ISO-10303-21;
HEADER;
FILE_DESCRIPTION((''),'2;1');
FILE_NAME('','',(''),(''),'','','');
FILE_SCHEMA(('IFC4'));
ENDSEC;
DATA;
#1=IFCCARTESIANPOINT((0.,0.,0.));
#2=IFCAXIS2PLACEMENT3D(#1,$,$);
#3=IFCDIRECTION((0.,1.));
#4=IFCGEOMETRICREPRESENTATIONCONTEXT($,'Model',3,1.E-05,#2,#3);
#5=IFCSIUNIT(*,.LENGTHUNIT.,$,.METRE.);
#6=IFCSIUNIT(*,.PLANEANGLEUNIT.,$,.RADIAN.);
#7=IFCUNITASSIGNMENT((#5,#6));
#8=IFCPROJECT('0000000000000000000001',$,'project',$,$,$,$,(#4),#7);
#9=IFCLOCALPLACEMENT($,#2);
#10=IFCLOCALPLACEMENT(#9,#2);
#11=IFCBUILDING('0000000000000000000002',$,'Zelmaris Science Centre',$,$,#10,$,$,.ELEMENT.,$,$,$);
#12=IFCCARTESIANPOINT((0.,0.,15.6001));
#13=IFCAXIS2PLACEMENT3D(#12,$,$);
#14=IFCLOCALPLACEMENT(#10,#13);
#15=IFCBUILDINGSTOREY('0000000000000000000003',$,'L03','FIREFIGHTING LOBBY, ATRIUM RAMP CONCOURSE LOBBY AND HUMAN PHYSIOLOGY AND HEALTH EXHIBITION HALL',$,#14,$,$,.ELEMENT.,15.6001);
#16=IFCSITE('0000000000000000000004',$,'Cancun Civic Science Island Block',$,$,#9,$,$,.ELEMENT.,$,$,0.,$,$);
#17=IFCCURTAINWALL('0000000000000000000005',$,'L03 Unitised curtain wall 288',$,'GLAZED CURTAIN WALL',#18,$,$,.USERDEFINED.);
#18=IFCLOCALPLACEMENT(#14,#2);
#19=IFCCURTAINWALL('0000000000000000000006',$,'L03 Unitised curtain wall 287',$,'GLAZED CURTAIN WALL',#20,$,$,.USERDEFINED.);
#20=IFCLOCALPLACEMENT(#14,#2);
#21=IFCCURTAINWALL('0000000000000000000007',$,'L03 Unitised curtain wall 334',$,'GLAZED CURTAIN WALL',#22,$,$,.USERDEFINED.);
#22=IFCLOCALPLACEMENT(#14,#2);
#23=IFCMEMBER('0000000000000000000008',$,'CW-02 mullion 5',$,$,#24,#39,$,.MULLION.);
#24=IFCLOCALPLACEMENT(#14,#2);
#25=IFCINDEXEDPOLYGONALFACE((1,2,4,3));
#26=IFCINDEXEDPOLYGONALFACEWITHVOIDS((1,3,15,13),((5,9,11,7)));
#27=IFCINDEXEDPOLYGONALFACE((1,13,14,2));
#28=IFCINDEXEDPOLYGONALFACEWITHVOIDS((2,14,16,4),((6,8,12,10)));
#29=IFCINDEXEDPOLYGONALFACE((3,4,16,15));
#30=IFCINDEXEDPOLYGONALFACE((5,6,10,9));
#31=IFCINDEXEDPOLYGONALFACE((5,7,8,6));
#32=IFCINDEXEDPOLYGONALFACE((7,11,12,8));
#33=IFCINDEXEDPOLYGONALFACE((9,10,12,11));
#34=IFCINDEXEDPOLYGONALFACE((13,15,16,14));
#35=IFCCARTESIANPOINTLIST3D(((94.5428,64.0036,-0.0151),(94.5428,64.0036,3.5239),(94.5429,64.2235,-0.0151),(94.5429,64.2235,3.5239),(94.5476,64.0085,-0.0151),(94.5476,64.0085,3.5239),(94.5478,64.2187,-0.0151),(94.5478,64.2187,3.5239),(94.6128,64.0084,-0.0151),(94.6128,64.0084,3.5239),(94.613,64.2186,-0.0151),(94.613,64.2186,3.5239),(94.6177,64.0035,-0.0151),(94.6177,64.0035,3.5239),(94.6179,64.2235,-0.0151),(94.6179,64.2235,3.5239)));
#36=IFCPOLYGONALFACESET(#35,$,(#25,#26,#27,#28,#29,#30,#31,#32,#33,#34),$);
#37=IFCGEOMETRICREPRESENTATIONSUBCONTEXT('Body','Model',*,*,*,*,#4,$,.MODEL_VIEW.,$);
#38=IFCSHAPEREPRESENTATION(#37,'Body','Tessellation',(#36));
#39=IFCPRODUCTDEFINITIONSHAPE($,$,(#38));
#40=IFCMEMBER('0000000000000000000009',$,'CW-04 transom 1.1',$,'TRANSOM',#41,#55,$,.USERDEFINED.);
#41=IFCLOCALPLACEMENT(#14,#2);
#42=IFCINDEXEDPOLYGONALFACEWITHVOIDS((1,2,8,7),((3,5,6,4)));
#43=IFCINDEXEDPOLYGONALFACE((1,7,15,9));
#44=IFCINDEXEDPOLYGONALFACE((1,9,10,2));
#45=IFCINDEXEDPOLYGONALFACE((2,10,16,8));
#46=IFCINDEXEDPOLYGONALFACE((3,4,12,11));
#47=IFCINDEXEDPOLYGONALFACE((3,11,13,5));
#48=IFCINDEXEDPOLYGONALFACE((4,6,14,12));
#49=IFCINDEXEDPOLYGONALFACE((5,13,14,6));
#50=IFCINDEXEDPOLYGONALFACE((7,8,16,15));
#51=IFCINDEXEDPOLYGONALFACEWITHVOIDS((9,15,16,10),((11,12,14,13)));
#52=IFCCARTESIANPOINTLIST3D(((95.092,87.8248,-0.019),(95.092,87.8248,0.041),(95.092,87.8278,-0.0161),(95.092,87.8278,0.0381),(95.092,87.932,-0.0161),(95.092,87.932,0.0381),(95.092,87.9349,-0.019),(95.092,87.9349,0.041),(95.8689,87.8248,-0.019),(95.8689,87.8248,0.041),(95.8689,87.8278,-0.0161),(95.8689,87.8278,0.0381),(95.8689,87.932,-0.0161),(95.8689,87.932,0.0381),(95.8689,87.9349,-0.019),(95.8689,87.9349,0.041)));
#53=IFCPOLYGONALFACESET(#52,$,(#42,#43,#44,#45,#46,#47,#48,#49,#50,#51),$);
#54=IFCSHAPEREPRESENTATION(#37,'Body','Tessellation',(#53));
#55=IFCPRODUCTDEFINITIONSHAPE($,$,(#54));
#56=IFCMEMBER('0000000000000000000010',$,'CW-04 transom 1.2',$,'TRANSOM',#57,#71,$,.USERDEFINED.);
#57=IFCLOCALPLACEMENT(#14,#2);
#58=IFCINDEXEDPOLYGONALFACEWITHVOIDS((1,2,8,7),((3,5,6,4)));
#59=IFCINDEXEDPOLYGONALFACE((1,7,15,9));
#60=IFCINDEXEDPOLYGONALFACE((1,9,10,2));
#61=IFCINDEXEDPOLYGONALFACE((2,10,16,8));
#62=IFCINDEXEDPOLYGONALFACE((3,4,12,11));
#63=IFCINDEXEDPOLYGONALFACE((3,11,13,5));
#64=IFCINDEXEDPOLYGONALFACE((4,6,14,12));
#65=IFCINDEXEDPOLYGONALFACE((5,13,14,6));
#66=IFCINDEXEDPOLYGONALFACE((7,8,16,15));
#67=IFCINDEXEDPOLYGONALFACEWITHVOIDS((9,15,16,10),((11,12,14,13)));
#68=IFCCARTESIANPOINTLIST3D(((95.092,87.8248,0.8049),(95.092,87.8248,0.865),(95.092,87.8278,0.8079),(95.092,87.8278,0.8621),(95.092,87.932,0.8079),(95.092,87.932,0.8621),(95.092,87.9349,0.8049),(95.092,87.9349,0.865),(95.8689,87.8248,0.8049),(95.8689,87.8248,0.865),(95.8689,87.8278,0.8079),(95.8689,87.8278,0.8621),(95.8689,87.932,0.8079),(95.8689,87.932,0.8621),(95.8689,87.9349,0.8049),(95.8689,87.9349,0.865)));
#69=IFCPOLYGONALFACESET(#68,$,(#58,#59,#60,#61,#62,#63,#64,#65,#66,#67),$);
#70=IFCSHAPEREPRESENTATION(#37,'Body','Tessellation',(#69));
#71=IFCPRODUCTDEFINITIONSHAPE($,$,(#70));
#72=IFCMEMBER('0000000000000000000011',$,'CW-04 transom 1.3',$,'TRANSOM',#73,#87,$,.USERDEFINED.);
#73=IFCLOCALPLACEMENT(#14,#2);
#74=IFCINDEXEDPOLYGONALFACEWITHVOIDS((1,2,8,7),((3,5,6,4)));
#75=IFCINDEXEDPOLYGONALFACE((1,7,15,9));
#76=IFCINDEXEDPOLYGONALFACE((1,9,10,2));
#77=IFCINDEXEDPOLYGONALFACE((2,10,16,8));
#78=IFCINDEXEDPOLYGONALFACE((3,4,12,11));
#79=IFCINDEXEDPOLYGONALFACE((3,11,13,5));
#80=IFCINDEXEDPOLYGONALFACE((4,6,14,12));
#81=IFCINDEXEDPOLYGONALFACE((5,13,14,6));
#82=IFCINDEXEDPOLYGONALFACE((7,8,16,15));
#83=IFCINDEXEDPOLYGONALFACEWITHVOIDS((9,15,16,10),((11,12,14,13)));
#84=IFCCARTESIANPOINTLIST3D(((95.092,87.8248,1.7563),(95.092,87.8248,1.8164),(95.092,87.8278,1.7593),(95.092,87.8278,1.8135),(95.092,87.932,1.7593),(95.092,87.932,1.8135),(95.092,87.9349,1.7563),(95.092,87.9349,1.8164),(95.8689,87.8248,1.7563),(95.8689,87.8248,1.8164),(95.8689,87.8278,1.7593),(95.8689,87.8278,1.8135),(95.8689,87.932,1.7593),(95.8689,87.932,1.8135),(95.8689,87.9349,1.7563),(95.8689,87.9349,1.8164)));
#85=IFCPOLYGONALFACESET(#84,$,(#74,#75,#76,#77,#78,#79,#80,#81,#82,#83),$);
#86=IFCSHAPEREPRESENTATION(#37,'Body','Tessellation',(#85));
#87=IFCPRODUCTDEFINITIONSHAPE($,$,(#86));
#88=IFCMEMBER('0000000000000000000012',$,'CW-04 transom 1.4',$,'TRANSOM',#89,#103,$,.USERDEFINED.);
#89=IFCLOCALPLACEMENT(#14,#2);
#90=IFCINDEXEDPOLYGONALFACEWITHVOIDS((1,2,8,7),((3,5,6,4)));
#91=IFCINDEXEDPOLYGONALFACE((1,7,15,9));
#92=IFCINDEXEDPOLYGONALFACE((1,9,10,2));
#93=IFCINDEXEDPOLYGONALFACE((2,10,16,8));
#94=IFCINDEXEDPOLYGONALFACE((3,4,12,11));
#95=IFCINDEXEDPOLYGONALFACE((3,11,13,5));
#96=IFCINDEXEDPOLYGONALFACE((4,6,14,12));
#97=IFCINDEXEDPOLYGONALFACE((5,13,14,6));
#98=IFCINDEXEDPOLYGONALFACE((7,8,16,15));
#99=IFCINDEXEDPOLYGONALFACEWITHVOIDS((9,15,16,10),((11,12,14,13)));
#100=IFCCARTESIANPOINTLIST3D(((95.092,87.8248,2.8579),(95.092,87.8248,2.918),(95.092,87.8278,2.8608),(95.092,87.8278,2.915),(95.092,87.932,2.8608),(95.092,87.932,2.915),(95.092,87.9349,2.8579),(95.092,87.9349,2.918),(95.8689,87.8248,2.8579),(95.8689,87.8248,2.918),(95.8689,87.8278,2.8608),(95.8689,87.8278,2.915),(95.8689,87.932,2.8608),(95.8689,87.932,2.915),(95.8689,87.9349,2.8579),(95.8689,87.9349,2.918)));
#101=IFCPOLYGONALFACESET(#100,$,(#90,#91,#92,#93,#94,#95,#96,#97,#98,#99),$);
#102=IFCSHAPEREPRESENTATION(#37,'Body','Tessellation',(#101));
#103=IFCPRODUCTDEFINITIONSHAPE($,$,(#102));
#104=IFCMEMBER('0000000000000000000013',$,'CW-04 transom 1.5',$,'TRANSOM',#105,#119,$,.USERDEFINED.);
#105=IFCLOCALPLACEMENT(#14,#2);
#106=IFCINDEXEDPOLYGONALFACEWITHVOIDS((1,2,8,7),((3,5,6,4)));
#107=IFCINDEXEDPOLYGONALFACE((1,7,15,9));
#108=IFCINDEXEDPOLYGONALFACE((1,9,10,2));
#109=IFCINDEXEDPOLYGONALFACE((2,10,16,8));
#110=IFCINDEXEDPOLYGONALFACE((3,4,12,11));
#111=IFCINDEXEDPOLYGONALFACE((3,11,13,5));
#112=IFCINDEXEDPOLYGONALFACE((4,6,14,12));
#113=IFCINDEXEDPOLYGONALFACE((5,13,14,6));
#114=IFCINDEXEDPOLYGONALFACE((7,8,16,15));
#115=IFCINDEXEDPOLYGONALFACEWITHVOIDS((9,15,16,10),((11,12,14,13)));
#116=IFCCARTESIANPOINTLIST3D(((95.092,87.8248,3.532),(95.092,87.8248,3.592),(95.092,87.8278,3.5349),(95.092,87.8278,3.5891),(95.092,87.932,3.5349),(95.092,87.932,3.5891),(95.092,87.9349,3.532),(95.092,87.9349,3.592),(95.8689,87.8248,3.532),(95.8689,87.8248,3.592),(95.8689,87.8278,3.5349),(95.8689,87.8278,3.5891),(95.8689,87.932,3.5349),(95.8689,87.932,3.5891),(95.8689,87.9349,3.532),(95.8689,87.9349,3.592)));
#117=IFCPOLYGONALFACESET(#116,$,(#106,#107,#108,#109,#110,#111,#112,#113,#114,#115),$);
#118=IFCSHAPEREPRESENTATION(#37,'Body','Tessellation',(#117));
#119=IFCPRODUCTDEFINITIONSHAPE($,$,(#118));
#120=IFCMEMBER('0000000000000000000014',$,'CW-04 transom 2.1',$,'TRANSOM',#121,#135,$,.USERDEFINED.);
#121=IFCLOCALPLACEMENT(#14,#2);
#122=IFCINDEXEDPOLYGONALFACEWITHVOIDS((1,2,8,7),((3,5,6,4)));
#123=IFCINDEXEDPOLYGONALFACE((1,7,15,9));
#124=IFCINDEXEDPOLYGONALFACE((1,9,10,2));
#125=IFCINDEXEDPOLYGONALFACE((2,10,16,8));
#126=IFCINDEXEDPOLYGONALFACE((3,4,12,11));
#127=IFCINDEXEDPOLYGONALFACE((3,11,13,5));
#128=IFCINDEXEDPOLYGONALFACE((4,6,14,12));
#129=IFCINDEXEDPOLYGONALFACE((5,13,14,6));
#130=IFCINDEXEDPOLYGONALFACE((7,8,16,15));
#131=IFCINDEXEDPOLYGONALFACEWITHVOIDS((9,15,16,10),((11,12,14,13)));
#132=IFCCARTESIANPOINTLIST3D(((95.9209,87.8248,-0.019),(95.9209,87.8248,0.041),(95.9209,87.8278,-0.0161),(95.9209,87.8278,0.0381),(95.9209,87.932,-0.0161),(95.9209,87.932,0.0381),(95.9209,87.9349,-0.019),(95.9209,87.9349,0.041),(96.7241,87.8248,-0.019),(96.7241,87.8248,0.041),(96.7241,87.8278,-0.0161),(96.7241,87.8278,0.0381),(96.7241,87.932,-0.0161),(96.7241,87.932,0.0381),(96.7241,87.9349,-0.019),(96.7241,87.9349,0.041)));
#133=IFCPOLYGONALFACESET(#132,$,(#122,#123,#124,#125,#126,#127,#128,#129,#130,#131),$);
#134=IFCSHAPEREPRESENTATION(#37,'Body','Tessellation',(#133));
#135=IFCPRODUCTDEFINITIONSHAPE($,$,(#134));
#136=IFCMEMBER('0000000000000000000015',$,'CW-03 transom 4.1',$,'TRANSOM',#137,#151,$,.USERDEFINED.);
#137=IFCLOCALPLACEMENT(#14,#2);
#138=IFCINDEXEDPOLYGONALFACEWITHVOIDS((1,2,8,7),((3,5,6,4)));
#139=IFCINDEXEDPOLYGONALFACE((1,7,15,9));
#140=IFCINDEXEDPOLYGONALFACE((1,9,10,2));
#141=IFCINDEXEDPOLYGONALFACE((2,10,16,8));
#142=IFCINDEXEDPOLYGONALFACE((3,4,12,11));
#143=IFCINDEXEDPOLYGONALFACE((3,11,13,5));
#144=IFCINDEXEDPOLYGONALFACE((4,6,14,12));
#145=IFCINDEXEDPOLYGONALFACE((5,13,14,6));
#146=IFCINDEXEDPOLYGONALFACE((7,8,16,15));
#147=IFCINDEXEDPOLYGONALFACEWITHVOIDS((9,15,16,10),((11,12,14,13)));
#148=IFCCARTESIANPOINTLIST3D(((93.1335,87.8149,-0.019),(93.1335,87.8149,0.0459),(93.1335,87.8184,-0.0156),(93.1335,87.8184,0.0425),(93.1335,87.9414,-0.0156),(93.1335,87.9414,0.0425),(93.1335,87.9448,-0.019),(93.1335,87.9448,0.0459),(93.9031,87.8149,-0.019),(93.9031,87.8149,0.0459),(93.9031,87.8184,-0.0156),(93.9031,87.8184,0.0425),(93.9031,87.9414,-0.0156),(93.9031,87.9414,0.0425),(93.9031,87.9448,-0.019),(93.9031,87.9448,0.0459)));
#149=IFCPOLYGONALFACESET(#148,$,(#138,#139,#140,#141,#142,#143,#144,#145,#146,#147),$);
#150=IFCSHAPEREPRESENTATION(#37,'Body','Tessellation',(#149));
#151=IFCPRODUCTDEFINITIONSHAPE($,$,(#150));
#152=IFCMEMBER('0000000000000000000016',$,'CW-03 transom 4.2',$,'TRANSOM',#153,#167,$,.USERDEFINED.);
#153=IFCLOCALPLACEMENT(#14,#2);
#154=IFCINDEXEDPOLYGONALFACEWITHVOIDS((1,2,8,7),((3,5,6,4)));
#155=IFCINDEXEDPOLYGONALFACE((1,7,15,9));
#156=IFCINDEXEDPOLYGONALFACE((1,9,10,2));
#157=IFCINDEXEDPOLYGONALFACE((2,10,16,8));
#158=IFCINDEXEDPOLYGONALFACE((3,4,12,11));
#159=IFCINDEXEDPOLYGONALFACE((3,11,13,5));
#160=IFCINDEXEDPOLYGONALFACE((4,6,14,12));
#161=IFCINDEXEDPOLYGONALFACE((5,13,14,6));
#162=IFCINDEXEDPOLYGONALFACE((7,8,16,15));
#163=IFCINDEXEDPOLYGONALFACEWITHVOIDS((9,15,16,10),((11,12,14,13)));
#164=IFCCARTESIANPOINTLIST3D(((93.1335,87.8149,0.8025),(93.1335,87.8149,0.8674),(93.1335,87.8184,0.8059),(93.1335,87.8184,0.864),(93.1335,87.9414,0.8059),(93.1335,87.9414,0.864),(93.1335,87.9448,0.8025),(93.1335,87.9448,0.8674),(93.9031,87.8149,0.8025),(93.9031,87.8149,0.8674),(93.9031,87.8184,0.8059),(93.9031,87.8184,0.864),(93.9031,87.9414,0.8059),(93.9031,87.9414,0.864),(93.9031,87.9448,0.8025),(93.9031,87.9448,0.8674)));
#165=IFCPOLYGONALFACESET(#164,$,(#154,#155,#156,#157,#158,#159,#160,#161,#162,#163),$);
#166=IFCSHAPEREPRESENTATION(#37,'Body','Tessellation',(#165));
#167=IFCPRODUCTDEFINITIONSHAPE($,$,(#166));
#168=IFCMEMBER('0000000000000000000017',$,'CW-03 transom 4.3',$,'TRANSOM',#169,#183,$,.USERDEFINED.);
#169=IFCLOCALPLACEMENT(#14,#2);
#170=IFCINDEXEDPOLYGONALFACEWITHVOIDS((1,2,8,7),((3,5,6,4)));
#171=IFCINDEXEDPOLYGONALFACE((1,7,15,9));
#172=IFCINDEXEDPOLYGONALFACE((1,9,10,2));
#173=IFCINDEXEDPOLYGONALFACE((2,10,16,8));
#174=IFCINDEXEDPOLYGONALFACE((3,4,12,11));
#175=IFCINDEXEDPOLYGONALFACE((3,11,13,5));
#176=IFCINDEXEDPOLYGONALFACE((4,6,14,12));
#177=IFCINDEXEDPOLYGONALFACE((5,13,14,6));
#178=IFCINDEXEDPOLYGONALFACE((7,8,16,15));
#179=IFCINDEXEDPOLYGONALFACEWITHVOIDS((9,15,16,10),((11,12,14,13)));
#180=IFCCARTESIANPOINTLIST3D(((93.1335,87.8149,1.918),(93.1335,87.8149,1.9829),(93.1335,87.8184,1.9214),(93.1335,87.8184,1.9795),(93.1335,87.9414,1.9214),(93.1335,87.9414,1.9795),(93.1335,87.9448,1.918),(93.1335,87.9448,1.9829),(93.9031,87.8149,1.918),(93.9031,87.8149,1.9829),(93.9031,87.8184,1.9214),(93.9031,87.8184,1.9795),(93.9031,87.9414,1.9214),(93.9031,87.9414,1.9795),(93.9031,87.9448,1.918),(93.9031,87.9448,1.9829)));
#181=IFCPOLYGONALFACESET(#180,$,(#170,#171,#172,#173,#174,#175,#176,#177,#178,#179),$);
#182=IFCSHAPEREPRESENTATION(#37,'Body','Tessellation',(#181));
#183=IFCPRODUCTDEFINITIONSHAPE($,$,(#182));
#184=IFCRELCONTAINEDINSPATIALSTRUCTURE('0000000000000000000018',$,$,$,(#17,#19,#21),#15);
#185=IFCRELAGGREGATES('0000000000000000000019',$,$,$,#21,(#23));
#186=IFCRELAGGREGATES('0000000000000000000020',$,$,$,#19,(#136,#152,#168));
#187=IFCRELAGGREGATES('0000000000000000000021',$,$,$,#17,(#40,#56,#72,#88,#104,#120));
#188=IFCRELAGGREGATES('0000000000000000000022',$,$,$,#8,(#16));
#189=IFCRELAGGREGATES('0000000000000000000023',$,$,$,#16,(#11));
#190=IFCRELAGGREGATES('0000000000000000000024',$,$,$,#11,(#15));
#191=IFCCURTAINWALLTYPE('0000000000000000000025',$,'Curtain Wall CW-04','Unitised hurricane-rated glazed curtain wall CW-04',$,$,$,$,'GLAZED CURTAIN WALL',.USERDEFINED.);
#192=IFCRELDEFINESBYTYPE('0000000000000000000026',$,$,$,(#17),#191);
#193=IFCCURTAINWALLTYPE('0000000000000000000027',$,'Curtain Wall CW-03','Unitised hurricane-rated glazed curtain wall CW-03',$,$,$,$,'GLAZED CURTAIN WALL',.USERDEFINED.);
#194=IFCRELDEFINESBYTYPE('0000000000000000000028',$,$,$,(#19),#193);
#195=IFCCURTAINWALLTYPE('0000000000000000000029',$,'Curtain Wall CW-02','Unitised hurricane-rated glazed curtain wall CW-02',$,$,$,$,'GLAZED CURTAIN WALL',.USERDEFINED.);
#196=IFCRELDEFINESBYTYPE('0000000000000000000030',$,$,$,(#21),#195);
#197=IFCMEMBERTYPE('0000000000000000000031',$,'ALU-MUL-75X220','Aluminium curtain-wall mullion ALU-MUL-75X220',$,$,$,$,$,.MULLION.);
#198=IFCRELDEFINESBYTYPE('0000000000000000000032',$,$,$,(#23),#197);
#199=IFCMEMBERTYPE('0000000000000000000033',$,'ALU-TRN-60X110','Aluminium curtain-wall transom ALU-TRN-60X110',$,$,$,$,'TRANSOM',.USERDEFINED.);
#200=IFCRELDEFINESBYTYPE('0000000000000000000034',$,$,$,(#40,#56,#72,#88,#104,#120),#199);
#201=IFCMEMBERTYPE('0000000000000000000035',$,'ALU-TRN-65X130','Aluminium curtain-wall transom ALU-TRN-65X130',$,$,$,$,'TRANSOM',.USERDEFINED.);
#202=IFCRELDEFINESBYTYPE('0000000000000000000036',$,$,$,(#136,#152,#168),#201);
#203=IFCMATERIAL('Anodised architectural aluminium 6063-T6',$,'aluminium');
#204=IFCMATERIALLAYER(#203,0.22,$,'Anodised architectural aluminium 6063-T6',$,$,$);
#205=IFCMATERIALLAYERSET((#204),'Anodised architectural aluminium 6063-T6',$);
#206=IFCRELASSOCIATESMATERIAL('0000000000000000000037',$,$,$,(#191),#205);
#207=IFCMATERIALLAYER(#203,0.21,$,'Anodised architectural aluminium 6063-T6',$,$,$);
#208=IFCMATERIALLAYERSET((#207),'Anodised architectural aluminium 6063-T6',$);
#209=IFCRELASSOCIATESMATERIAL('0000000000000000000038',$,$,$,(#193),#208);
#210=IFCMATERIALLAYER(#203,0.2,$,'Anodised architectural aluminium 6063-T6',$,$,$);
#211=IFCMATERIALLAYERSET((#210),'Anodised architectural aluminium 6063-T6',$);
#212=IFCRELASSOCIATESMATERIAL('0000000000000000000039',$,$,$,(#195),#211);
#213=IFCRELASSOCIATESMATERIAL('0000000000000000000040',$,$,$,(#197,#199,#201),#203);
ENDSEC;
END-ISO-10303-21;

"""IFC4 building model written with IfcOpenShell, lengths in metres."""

from ifc_helpers import new_model, si_unit, direction, frame, origin, origin_2d, place, context, subcontext, project, spatial, hollow_rectangle, extrude, material, layer, layer_set, material_profile, profile_set, type_object, element, aggregate, save


model = new_model("IFC4")

# Units and contexts
model_context = context("Model", 3, precision=1e-05, world=origin(), true_north=direction((0.0, 1.0)))
body_context = subcontext(model_context, "Body", "Model", "MODEL_VIEW")
ifc_project = project(units=[si_unit("LENGTHUNIT", "METRE"), si_unit("PLANEANGLEUNIT", "RADIAN")], contexts=[model_context])

# Site, building, storey
site_placement = place(None, origin())
site = spatial("IfcSite", under=ifc_project, at=site_placement, Name="Cancun Civic Science Island Block", CompositionType="ELEMENT", RefElevation=0.0)
building_placement = place(site_placement, origin())
building = spatial("IfcBuilding", under=site, at=building_placement, Name="Zelmaris Science Centre", CompositionType="ELEMENT")
storey_placement = place(building_placement, frame((0.0, 0.0, 15.6001)))
storey = spatial("IfcBuildingStorey", under=building, at=storey_placement, Name="L03", Description="FIREFIGHTING LOBBY, ATRIUM RAMP CONCOURSE LOBBY AND HUMAN PHYSIOLOGY AND HEALTH EXHIBITION HALL", CompositionType="ELEMENT", Elevation=15.6001)

# Curtain walls, member
ifc_material_1 = material(Name="Anodised architectural aluminium 6063-T6", Category="aluminium")
ifc_layer_1 = layer(ifc_material_1, 0.22, Name="Anodised architectural aluminium 6063-T6")
ifc_layer_set_1 = layer_set([ifc_layer_1], Name="Anodised architectural aluminium 6063-T6")
curtain_wall_type_1 = type_object("IfcCurtainWallType", Name="Curtain Wall CW-04", Description="Unitised hurricane-rated glazed curtain wall CW-04", ElementType="GLAZED CURTAIN WALL", PredefinedType="USERDEFINED", material=ifc_layer_set_1)
curtain_wall_1_placement = place(storey_placement, origin())
curtain_wall_1 = element("IfcCurtainWall", 1, at=curtain_wall_1_placement, inside=storey, type_object=curtain_wall_type_1, Name="L03 Unitised curtain wall 288", ObjectType="GLAZED CURTAIN WALL", PredefinedType="USERDEFINED")
ifc_layer_2 = layer(ifc_material_1, 0.21, Name="Anodised architectural aluminium 6063-T6")
ifc_layer_set_2 = layer_set([ifc_layer_2], Name="Anodised architectural aluminium 6063-T6")
curtain_wall_type_2 = type_object("IfcCurtainWallType", Name="Curtain Wall CW-03", Description="Unitised hurricane-rated glazed curtain wall CW-03", ElementType="GLAZED CURTAIN WALL", PredefinedType="USERDEFINED", material=ifc_layer_set_2)
curtain_wall_2_placement = place(storey_placement, origin())
curtain_wall_2 = element("IfcCurtainWall", 2, at=curtain_wall_2_placement, inside=storey, type_object=curtain_wall_type_2, Name="L03 Unitised curtain wall 287", ObjectType="GLAZED CURTAIN WALL", PredefinedType="USERDEFINED")
ifc_layer_3 = layer(ifc_material_1, 0.2, Name="Anodised architectural aluminium 6063-T6")
ifc_layer_set_3 = layer_set([ifc_layer_3], Name="Anodised architectural aluminium 6063-T6")
curtain_wall_type_3 = type_object("IfcCurtainWallType", Name="Curtain Wall CW-02", Description="Unitised hurricane-rated glazed curtain wall CW-02", ElementType="GLAZED CURTAIN WALL", PredefinedType="USERDEFINED", material=ifc_layer_set_3)
curtain_wall_3_placement = place(storey_placement, origin())
curtain_wall_3 = element("IfcCurtainWall", 3, at=curtain_wall_3_placement, inside=storey, type_object=curtain_wall_type_3, Name="L03 Unitised curtain wall 334", ObjectType="GLAZED CURTAIN WALL", PredefinedType="USERDEFINED")
ifc_material_profile_1 = material_profile(ifc_material_1, hollow_rectangle(XDim=0.075, YDim=0.22, WallThickness=0.0049, at=origin_2d()), Name="ALU-MUL-75X220")
ifc_profile_set_1 = profile_set([ifc_material_profile_1], Name="Anodised architectural aluminium 6063-T6")
member_type_1 = type_object("IfcMemberType", Name="ALU-MUL-75X220", Description="Aluminium curtain-wall mullion ALU-MUL-75X220", PredefinedType="MULLION", material=ifc_profile_set_1)
member_1_placement = place(storey_placement, frame((94.5803, 64.1135, -0.0151), z_axis=(0.0, 0.0, 1.0), x_axis=(-1.0, 0.000848, 0.0)))
member_1 = element("IfcMember", 4, at=member_1_placement, type_object=member_type_1, Name="CW-02 mullion 5", PredefinedType="MULLION", context=body_context, shape_type="SweptSolid", body=[
    extrude(hollow_rectangle(XDim=0.075, YDim=0.22, WallThickness=0.0049, at=origin_2d()), origin(), (0.0, 0.0, 1.0), 3.5391),
])

# Members
ifc_material_profile_2 = material_profile(ifc_material_1, hollow_rectangle(XDim=0.0601, YDim=0.1101, WallThickness=0.0029, at=origin_2d()), Name="ALU-TRN-60X110")
ifc_profile_set_2 = profile_set([ifc_material_profile_2], Name="Anodised architectural aluminium 6063-T6")
member_type_2 = type_object("IfcMemberType", Name="ALU-TRN-60X110", Description="Aluminium curtain-wall transom ALU-TRN-60X110", ElementType="TRANSOM", PredefinedType="USERDEFINED", material=ifc_profile_set_2)
member_2_placement = place(storey_placement, frame((95.092, 87.8799, 0.011), z_axis=(1.0, 0.0, 0.0), x_axis=(0.0, 0.0, 1.0)))
member_2 = element("IfcMember", 5, at=member_2_placement, type_object=member_type_2, Name="CW-04 transom 1.1", ObjectType="TRANSOM", PredefinedType="USERDEFINED", context=body_context, shape_type="SweptSolid", body=[
    extrude(hollow_rectangle(XDim=0.0601, YDim=0.1101, WallThickness=0.0029, at=origin_2d()), origin(), (0.0, 0.0, 1.0), 0.7769),
])
member_3_placement = place(storey_placement, frame((95.092, 87.8799, 0.835), z_axis=(1.0, 0.0, 0.0), x_axis=(0.0, 0.0, 1.0)))
member_3 = element("IfcMember", 6, at=member_3_placement, type_object=member_type_2, Name="CW-04 transom 1.2", ObjectType="TRANSOM", PredefinedType="USERDEFINED", context=body_context, shape_type="SweptSolid", body=[
    extrude(hollow_rectangle(XDim=0.0601, YDim=0.1101, WallThickness=0.0029, at=origin_2d()), origin(), (0.0, 0.0, 1.0), 0.7769),
])
member_4_placement = place(storey_placement, frame((95.092, 87.8799, 1.7864), z_axis=(1.0, 0.0, 0.0), x_axis=(0.0, 0.0, 1.0)))
member_4 = element("IfcMember", 7, at=member_4_placement, type_object=member_type_2, Name="CW-04 transom 1.3", ObjectType="TRANSOM", PredefinedType="USERDEFINED", context=body_context, shape_type="SweptSolid", body=[
    extrude(hollow_rectangle(XDim=0.0601, YDim=0.1101, WallThickness=0.0029, at=origin_2d()), origin(), (0.0, 0.0, 1.0), 0.7769),
])
member_5_placement = place(storey_placement, frame((95.092, 87.8799, 2.8879), z_axis=(1.0, 0.0, 0.0), x_axis=(0.0, 0.0, 1.0)))
member_5 = element("IfcMember", 8, at=member_5_placement, type_object=member_type_2, Name="CW-04 transom 1.4", ObjectType="TRANSOM", PredefinedType="USERDEFINED", context=body_context, shape_type="SweptSolid", body=[
    extrude(hollow_rectangle(XDim=0.0601, YDim=0.1101, WallThickness=0.0029, at=origin_2d()), origin(), (0.0, 0.0, 1.0), 0.7769),
])
member_6_placement = place(storey_placement, frame((95.092, 87.8799, 3.562), z_axis=(1.0, 0.0, 0.0), x_axis=(0.0, 0.0, 1.0)))
member_6 = element("IfcMember", 9, at=member_6_placement, type_object=member_type_2, Name="CW-04 transom 1.5", ObjectType="TRANSOM", PredefinedType="USERDEFINED", context=body_context, shape_type="SweptSolid", body=[
    extrude(hollow_rectangle(XDim=0.0601, YDim=0.1101, WallThickness=0.0029, at=origin_2d()), origin(), (0.0, 0.0, 1.0), 0.7769),
])
member_7_placement = place(storey_placement, frame((95.9209, 87.8799, 0.011), z_axis=(1.0, 0.0, 0.0), x_axis=(0.0, 0.0, 1.0)))
member_7 = element("IfcMember", 10, at=member_7_placement, type_object=member_type_2, Name="CW-04 transom 2.1", ObjectType="TRANSOM", PredefinedType="USERDEFINED", context=body_context, shape_type="SweptSolid", body=[
    extrude(hollow_rectangle(XDim=0.0601, YDim=0.1101, WallThickness=0.0029, at=origin_2d()), origin(), (0.0, 0.0, 1.0), 0.8032),
])
ifc_material_profile_3 = material_profile(ifc_material_1, hollow_rectangle(XDim=0.0649, YDim=0.1299, WallThickness=0.0034, at=origin_2d()), Name="ALU-TRN-65X130")
ifc_profile_set_3 = profile_set([ifc_material_profile_3], Name="Anodised architectural aluminium 6063-T6")
member_type_3 = type_object("IfcMemberType", Name="ALU-TRN-65X130", Description="Aluminium curtain-wall transom ALU-TRN-65X130", ElementType="TRANSOM", PredefinedType="USERDEFINED", material=ifc_profile_set_3)
member_8_placement = place(storey_placement, frame((93.1335, 87.8799, 0.0134), z_axis=(1.0, 0.0, 0.0), x_axis=(0.0, 0.0, 1.0)))
member_8 = element("IfcMember", 11, at=member_8_placement, type_object=member_type_3, Name="CW-03 transom 4.1", ObjectType="TRANSOM", PredefinedType="USERDEFINED", context=body_context, shape_type="SweptSolid", body=[
    extrude(hollow_rectangle(XDim=0.0649, YDim=0.1299, WallThickness=0.0034, at=origin_2d()), origin(), (0.0, 0.0, 1.0), 0.7695),
])
member_9_placement = place(storey_placement, frame((93.1335, 87.8799, 0.835), z_axis=(1.0, 0.0, 0.0), x_axis=(0.0, 0.0, 1.0)))
member_9 = element("IfcMember", 12, at=member_9_placement, type_object=member_type_3, Name="CW-03 transom 4.2", ObjectType="TRANSOM", PredefinedType="USERDEFINED", context=body_context, shape_type="SweptSolid", body=[
    extrude(hollow_rectangle(XDim=0.0649, YDim=0.1299, WallThickness=0.0034, at=origin_2d()), origin(), (0.0, 0.0, 1.0), 0.7695),
])
member_10_placement = place(storey_placement, frame((93.1335, 87.8799, 1.9504), z_axis=(1.0, 0.0, 0.0), x_axis=(0.0, 0.0, 1.0)))
member_10 = element("IfcMember", 13, at=member_10_placement, type_object=member_type_3, Name="CW-03 transom 4.3", ObjectType="TRANSOM", PredefinedType="USERDEFINED", context=body_context, shape_type="SweptSolid", body=[
    extrude(hollow_rectangle(XDim=0.0649, YDim=0.1299, WallThickness=0.0034, at=origin_2d()), origin(), (0.0, 0.0, 1.0), 0.7695),
])

aggregate(curtain_wall_3, [member_1])
aggregate(curtain_wall_2, [member_8, member_9, member_10])
aggregate(curtain_wall_1, [member_2, member_3, member_4, member_5, member_6, member_7])

save(model, "model.ifc")
